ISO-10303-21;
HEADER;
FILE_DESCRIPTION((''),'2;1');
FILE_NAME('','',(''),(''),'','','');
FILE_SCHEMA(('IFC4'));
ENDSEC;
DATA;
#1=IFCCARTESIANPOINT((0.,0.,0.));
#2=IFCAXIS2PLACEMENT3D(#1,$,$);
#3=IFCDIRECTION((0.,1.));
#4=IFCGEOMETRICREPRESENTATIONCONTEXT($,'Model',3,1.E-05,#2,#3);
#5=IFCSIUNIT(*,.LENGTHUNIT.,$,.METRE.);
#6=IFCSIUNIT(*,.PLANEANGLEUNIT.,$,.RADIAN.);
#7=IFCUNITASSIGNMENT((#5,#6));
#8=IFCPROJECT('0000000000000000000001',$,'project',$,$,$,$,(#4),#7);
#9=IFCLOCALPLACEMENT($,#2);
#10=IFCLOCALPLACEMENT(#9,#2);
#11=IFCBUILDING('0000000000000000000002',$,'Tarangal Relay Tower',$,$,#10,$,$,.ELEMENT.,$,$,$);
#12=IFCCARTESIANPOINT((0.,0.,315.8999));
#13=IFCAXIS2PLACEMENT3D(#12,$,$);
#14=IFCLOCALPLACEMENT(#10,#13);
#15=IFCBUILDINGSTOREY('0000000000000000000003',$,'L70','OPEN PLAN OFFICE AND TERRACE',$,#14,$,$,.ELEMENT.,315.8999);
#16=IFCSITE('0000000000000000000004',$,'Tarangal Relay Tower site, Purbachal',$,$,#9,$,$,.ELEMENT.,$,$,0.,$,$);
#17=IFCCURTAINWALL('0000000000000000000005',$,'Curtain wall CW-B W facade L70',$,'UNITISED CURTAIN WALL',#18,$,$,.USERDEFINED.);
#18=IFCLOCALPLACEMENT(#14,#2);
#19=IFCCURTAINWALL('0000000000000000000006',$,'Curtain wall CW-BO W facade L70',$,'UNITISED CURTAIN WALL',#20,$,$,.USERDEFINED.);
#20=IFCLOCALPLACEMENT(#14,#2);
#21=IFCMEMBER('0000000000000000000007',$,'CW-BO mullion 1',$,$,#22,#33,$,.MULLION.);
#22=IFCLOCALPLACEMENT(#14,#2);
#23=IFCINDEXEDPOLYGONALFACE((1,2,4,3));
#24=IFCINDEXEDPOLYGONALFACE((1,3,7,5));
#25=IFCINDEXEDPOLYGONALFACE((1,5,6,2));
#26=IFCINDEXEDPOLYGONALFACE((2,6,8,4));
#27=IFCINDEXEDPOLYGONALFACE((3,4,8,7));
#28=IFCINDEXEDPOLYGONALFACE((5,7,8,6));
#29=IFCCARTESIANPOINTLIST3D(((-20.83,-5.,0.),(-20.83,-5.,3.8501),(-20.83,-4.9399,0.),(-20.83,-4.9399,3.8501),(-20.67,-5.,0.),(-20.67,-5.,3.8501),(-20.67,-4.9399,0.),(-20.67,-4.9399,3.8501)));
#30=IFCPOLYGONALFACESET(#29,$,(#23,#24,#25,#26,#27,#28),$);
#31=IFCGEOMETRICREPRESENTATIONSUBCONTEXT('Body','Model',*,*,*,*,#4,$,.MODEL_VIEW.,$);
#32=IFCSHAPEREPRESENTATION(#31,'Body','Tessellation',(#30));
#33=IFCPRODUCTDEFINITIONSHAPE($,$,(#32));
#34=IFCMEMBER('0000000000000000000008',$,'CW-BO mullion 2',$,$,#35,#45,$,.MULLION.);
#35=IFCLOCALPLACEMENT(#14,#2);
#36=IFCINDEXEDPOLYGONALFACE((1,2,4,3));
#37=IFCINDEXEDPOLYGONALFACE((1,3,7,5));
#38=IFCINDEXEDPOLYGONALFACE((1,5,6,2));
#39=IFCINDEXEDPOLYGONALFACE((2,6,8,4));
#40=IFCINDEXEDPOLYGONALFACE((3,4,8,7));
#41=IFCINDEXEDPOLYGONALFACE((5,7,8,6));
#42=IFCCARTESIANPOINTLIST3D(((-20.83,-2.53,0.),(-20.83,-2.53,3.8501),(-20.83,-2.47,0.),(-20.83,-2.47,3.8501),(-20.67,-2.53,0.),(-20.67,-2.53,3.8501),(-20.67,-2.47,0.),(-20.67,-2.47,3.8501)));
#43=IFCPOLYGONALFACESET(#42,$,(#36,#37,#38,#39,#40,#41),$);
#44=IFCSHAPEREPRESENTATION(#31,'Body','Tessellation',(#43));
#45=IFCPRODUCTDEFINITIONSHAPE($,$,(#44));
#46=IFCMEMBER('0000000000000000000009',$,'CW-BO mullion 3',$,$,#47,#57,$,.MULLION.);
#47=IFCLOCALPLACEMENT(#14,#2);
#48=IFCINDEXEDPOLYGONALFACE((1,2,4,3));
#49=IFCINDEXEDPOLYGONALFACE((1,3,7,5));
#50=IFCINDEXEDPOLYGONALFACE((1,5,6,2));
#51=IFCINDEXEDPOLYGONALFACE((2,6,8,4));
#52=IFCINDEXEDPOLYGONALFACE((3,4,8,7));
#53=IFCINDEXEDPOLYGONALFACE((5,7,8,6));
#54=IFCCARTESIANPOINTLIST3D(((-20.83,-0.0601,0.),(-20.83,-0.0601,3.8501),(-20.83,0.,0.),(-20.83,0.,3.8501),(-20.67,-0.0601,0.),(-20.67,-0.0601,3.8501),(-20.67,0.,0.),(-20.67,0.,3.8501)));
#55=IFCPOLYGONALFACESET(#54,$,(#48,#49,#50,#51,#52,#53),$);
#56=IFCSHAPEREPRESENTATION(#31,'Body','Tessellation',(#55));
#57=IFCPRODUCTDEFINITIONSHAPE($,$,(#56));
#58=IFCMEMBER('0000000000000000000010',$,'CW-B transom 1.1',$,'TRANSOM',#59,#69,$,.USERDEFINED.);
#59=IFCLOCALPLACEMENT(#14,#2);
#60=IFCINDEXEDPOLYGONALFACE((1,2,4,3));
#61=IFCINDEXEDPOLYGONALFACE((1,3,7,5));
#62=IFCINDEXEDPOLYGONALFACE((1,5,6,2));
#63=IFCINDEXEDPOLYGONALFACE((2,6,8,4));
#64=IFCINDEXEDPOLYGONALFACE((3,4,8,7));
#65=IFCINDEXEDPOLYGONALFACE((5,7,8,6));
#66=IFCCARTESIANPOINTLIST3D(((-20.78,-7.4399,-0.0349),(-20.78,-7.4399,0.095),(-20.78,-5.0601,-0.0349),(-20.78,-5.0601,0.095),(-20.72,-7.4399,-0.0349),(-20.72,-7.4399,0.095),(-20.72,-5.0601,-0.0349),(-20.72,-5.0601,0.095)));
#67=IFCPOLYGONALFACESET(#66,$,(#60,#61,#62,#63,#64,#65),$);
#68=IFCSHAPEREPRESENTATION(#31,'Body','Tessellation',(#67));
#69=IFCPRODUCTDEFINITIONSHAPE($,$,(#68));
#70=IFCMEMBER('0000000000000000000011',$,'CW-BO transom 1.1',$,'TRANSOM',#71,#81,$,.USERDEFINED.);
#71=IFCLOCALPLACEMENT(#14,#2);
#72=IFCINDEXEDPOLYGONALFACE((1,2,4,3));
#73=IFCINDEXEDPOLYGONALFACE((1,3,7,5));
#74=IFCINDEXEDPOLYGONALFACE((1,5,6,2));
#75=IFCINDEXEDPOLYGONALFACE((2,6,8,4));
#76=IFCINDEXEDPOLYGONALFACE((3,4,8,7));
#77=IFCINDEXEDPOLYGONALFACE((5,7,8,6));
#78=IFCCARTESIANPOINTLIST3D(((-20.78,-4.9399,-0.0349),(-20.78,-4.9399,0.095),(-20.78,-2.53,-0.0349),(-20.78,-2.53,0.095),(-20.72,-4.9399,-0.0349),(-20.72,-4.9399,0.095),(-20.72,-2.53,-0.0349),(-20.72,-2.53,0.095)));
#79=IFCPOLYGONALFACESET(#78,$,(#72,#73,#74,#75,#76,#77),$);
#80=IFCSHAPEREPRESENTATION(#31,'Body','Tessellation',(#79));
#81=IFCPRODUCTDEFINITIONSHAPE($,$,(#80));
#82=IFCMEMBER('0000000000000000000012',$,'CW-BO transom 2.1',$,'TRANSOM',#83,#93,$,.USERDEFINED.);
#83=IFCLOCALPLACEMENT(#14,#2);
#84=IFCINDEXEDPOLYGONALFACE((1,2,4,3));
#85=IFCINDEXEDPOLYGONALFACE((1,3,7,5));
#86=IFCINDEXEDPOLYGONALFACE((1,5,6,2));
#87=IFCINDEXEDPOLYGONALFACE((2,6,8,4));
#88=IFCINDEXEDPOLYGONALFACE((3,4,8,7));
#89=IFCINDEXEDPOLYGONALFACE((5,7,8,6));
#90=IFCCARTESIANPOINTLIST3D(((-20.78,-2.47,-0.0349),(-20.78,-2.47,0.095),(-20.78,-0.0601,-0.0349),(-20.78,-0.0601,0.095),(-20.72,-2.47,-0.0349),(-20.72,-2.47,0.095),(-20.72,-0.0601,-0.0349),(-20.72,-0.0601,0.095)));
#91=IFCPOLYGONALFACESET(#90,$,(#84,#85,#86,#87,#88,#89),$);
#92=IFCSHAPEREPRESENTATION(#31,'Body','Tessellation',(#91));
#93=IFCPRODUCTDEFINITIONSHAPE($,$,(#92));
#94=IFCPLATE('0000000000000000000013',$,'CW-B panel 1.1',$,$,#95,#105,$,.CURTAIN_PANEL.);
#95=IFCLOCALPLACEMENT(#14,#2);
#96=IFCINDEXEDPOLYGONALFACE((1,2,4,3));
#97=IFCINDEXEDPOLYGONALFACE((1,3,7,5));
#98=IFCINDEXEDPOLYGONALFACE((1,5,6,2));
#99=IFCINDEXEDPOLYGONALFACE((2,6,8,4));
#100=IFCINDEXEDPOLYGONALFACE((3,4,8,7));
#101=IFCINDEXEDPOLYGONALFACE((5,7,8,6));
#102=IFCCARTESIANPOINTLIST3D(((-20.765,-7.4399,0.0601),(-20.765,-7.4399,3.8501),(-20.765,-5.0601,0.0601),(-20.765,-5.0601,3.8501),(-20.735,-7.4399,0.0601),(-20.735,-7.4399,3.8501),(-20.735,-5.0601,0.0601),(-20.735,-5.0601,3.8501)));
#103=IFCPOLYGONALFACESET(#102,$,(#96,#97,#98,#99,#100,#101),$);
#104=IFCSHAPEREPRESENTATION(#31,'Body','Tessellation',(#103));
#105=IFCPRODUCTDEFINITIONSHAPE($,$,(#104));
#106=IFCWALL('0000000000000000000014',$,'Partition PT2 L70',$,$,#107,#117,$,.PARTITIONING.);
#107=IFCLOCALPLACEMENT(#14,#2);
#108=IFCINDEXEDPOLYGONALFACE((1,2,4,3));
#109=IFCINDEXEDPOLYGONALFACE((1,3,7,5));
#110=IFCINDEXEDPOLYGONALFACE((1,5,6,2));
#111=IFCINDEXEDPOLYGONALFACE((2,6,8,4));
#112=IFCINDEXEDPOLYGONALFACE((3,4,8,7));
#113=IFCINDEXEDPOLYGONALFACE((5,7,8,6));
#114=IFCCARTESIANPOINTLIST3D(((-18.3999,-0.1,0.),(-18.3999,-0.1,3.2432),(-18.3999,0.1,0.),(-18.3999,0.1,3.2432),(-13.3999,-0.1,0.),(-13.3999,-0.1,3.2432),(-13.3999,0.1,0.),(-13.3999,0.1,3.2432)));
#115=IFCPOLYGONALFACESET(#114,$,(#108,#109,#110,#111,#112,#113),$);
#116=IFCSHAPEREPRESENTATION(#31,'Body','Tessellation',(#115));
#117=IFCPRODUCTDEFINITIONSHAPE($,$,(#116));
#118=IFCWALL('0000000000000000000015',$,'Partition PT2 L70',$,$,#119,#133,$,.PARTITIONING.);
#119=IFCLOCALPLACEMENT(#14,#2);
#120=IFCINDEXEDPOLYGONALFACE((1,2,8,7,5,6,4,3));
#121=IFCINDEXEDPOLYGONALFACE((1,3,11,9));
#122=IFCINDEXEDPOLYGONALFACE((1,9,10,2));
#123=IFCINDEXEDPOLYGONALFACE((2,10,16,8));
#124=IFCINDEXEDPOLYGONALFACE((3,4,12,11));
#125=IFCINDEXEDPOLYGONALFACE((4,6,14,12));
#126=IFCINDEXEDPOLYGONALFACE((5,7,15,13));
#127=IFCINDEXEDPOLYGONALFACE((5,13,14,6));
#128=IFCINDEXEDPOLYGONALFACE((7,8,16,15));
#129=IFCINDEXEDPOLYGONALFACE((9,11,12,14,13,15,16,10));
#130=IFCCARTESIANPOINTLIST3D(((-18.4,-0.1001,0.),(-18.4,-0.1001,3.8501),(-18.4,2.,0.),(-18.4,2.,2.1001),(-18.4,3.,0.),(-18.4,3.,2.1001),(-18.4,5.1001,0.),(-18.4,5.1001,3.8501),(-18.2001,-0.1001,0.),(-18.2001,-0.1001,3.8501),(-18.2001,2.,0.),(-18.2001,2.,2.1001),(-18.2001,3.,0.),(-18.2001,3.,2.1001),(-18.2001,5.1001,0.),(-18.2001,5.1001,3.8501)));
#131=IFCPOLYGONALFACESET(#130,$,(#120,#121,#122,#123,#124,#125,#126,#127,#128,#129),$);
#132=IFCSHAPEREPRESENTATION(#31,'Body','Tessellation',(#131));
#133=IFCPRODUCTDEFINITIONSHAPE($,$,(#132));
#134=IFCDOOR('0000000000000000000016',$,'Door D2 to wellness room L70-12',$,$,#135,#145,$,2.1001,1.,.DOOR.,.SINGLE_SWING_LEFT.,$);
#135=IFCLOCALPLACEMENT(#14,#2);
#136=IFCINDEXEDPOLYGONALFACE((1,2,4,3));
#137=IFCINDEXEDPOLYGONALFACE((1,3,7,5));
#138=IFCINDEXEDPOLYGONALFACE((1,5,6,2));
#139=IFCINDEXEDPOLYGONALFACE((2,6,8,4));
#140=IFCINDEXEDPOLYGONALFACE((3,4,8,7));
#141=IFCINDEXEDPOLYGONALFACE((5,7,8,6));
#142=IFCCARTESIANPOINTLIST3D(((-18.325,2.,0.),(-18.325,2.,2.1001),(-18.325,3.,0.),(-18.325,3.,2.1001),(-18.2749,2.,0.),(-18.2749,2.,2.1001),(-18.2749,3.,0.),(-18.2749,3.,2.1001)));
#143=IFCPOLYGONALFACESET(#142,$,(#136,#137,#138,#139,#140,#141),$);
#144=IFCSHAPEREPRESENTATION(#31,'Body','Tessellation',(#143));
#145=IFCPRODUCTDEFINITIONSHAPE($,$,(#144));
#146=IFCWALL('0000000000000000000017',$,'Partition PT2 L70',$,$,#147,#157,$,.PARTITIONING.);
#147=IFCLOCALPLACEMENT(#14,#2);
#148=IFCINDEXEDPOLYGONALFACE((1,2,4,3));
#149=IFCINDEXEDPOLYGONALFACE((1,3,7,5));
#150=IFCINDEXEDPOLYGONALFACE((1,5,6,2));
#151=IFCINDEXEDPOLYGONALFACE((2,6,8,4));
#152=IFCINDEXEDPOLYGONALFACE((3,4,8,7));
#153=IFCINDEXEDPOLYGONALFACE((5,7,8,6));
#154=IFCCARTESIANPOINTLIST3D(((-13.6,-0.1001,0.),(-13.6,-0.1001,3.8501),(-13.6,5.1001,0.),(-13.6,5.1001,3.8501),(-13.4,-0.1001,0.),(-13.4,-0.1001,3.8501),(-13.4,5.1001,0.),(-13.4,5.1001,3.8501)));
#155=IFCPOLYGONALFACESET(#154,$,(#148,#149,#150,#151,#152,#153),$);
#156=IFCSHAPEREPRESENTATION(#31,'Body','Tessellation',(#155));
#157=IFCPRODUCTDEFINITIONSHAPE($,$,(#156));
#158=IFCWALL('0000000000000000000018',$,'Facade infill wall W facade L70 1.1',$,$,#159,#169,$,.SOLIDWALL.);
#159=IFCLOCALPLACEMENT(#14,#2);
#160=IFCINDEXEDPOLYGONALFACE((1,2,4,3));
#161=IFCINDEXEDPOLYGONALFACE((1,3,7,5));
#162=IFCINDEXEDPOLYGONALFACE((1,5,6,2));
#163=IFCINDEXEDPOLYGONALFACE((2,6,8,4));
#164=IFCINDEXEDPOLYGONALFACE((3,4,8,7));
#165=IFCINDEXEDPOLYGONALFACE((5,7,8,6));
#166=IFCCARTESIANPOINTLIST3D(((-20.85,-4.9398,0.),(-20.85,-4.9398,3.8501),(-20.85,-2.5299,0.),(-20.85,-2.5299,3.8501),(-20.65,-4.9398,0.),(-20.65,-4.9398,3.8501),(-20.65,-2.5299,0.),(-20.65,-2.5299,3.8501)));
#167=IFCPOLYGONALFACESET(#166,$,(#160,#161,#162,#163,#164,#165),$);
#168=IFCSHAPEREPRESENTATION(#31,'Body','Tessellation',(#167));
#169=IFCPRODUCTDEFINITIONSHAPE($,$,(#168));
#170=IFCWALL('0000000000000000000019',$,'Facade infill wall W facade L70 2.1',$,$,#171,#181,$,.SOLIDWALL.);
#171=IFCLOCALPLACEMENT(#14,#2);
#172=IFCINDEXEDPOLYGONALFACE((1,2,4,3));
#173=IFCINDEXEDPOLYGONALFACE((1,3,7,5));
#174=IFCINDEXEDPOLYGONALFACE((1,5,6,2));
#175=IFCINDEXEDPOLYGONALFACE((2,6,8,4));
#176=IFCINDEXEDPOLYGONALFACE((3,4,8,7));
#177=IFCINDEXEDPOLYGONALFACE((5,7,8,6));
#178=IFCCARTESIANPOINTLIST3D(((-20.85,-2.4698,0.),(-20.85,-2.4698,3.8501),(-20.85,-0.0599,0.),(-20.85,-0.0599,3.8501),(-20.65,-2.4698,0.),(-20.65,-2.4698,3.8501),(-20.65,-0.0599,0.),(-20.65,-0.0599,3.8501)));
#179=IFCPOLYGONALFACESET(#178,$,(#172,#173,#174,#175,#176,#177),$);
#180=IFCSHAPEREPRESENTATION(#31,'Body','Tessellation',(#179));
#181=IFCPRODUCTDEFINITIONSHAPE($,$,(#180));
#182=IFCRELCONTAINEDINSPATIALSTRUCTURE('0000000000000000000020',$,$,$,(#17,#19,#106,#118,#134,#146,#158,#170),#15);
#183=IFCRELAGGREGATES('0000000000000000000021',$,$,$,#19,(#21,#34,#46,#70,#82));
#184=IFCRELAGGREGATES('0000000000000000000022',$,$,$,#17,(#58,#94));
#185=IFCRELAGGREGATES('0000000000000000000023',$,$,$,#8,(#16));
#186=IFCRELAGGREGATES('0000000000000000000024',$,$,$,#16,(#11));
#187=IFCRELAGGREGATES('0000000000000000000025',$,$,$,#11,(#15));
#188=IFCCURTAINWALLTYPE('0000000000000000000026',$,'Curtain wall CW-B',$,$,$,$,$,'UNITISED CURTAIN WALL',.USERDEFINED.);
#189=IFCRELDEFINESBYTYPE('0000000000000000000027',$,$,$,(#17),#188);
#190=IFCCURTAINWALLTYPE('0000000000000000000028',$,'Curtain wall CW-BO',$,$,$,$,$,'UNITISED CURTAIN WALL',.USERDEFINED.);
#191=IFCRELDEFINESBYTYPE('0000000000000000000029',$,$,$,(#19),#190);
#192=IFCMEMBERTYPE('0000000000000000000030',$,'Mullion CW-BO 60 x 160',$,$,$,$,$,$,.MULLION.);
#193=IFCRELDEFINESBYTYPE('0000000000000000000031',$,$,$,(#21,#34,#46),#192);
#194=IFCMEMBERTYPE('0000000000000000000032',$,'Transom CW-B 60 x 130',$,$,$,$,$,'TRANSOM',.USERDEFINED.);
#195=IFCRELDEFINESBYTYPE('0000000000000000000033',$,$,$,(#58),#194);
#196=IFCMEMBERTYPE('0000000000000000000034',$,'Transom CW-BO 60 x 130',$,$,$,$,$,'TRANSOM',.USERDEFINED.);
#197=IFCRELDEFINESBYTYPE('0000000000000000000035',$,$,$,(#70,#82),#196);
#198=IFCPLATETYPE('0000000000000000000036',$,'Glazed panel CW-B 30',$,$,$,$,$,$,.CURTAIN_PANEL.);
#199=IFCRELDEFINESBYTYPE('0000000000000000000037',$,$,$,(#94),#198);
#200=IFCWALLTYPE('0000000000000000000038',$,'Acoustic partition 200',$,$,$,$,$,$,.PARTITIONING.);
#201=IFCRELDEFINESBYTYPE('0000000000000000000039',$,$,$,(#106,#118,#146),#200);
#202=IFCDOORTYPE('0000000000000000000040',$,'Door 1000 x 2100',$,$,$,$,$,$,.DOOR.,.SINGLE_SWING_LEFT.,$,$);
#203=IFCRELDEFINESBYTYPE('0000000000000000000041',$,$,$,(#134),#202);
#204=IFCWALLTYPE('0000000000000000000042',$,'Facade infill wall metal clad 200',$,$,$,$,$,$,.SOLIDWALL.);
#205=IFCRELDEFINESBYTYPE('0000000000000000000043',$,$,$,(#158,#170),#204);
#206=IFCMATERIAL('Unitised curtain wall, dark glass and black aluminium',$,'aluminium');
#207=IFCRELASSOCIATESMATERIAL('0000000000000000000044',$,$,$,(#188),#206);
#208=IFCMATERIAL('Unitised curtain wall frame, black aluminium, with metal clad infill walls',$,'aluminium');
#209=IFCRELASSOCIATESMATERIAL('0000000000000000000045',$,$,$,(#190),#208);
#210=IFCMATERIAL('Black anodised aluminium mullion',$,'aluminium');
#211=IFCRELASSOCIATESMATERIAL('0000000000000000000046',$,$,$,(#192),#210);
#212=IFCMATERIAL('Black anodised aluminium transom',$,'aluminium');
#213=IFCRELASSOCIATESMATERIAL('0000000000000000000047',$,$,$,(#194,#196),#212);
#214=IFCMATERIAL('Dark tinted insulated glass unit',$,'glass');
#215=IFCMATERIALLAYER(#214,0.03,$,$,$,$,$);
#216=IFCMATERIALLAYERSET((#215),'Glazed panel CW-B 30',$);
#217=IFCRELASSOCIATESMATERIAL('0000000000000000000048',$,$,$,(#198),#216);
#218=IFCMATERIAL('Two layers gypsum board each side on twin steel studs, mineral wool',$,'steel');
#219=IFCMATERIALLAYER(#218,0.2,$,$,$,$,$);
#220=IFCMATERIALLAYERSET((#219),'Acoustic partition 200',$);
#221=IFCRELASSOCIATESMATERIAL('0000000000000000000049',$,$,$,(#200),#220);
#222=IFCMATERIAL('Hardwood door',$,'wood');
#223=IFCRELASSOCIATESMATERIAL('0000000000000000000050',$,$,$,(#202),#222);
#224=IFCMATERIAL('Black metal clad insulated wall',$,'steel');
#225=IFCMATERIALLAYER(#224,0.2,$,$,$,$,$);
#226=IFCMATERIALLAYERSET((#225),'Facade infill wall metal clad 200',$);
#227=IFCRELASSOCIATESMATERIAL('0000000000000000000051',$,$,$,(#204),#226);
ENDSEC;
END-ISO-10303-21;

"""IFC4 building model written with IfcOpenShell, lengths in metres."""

from ifc_helpers import new_model, si_unit, direction, frame, frame_2d, origin, origin_2d, place, context, subcontext, project, spatial, rectangle, extrude, material, layer, layer_set, material_profile, profile_set, type_object, element, fill, aggregate, save


model = new_model("IFC4")

# Units and contexts
model_context = context("Model", 3, precision=1e-05, world=origin(), true_north=direction((0.0, 1.0)))
body_context = subcontext(model_context, "Body", "Model", "MODEL_VIEW")
ifc_project = project(units=[si_unit("LENGTHUNIT", "METRE"), si_unit("PLANEANGLEUNIT", "RADIAN")], contexts=[model_context])

# Site, building, storey
site_placement = place(None, origin())
site = spatial("IfcSite", under=ifc_project, at=site_placement, Name="Tarangal Relay Tower site, Purbachal", CompositionType="ELEMENT", RefElevation=0.0)
building_placement = place(site_placement, origin())
building = spatial("IfcBuilding", under=site, at=building_placement, Name="Tarangal Relay Tower", CompositionType="ELEMENT")
storey_placement = place(building_placement, frame((0.0, 0.0, 315.8999)))
storey = spatial("IfcBuildingStorey", under=building, at=storey_placement, Name="L70", Description="OPEN PLAN OFFICE AND TERRACE", CompositionType="ELEMENT", Elevation=315.8999)

# Curtain walls, members
ifc_material_1 = material(Name="Unitised curtain wall, dark glass and black aluminium", Category="aluminium")
curtain_wall_type_1 = type_object("IfcCurtainWallType", Name="Curtain wall CW-B", ElementType="UNITISED CURTAIN WALL", PredefinedType="USERDEFINED", material=ifc_material_1)
curtain_wall_1_placement = place(storey_placement, origin())
curtain_wall_1 = element("IfcCurtainWall", 1, at=curtain_wall_1_placement, inside=storey, type_object=curtain_wall_type_1, Name="Curtain wall CW-B W facade L70", ObjectType="UNITISED CURTAIN WALL", PredefinedType="USERDEFINED")
ifc_material_2 = material(Name="Black anodised aluminium mullion", Category="aluminium")
ifc_material_3 = material(Name="Unitised curtain wall frame, black aluminium, with metal clad infill walls", Category="aluminium")
curtain_wall_type_2 = type_object("IfcCurtainWallType", Name="Curtain wall CW-BO", ElementType="UNITISED CURTAIN WALL", PredefinedType="USERDEFINED", material=ifc_material_3)
curtain_wall_2_placement = place(storey_placement, origin())
curtain_wall_2 = element("IfcCurtainWall", 2, at=curtain_wall_2_placement, inside=storey, type_object=curtain_wall_type_2, Name="Curtain wall CW-BO W facade L70", ObjectType="UNITISED CURTAIN WALL", PredefinedType="USERDEFINED")
ifc_material_profile_1 = material_profile(ifc_material_2, rectangle(XDim=0.1599, YDim=0.0601, at=origin_2d()), Name="CW-BOM 60X160")
ifc_profile_set_1 = profile_set([ifc_material_profile_1], Name="Black anodised aluminium mullion")
member_type_1 = type_object("IfcMemberType", Name="Mullion CW-BO 60 x 160", PredefinedType="MULLION", material=ifc_profile_set_1)
member_1_placement = place(storey_placement, frame((-20.75, -4.97, 0.0), z_axis=(0.0, 0.0, 1.0), x_axis=(-1.0, 0.0, 0.0)))
member_1 = element("IfcMember", 3, at=member_1_placement, type_object=member_type_1, Name="CW-BO mullion 1", PredefinedType="MULLION", context=body_context, shape_type="SweptSolid", body=[
    extrude(rectangle(XDim=0.1599, YDim=0.0601, at=origin_2d()), origin(), (0.0, 0.0, 1.0), 3.8501),
])
member_2_placement = place(storey_placement, frame((-20.75, -2.5, 0.0), z_axis=(0.0, 0.0, 1.0), x_axis=(-1.0, 0.0, 0.0)))
member_2 = element("IfcMember", 4, at=member_2_placement, type_object=member_type_1, Name="CW-BO mullion 2", PredefinedType="MULLION", context=body_context, shape_type="SweptSolid", body=[
    extrude(rectangle(XDim=0.1599, YDim=0.0601, at=origin_2d()), origin(), (0.0, 0.0, 1.0), 3.8501),
])
member_3_placement = place(storey_placement, frame((-20.75, -0.03, 0.0), z_axis=(0.0, 0.0, 1.0), x_axis=(-1.0, 0.0, 0.0)))
member_3 = element("IfcMember", 5, at=member_3_placement, type_object=member_type_1, Name="CW-BO mullion 3", PredefinedType="MULLION", context=body_context, shape_type="SweptSolid", body=[
    extrude(rectangle(XDim=0.1599, YDim=0.0601, at=origin_2d()), origin(), (0.0, 0.0, 1.0), 3.8501),
])

# Members
ifc_material_4 = material(Name="Black anodised aluminium transom", Category="aluminium")
ifc_material_profile_2 = material_profile(ifc_material_4, rectangle(XDim=0.0601, YDim=0.1299, at=origin_2d()), Name="CW-BT 60X130")
ifc_profile_set_2 = profile_set([ifc_material_profile_2], Name="Black anodised aluminium transom")
member_type_2 = type_object("IfcMemberType", Name="Transom CW-B 60 x 130", ElementType="TRANSOM", PredefinedType="USERDEFINED", material=ifc_profile_set_2)
member_4_placement = place(storey_placement, frame((-20.75, -7.4399, 0.03), z_axis=(0.0, 1.0, 0.0), x_axis=(-1.0, 0.0, 0.0)))
member_4 = element("IfcMember", 6, at=member_4_placement, type_object=member_type_2, Name="CW-B transom 1.1", ObjectType="TRANSOM", PredefinedType="USERDEFINED", context=body_context, shape_type="SweptSolid", body=[
    extrude(rectangle(XDim=0.0601, YDim=0.1299, at=origin_2d()), origin(), (0.0, 0.0, 1.0), 2.3799),
])
ifc_material_profile_3 = material_profile(ifc_material_4, rectangle(XDim=0.0601, YDim=0.1299, at=origin_2d()), Name="CW-BOT 60X130")
ifc_profile_set_3 = profile_set([ifc_material_profile_3], Name="Black anodised aluminium transom")
member_type_3 = type_object("IfcMemberType", Name="Transom CW-BO 60 x 130", ElementType="TRANSOM", PredefinedType="USERDEFINED", material=ifc_profile_set_3)
member_5_placement = place(storey_placement, frame((-20.75, -4.9399, 0.03), z_axis=(0.0, 1.0, 0.0), x_axis=(-1.0, 0.0, 0.0)))
member_5 = element("IfcMember", 7, at=member_5_placement, type_object=member_type_3, Name="CW-BO transom 1.1", ObjectType="TRANSOM", PredefinedType="USERDEFINED", context=body_context, shape_type="SweptSolid", body=[
    extrude(rectangle(XDim=0.0601, YDim=0.1299, at=origin_2d()), origin(), (0.0, 0.0, 1.0), 2.4099),
])
member_6_placement = place(storey_placement, frame((-20.75, -2.47, 0.03), z_axis=(0.0, 1.0, 0.0), x_axis=(-1.0, 0.0, 0.0)))
member_6 = element("IfcMember", 8, at=member_6_placement, type_object=member_type_3, Name="CW-BO transom 2.1", ObjectType="TRANSOM", PredefinedType="USERDEFINED", context=body_context, shape_type="SweptSolid", body=[
    extrude(rectangle(XDim=0.0601, YDim=0.1299, at=origin_2d()), origin(), (0.0, 0.0, 1.0), 2.4099),
])
aggregate(curtain_wall_2, [member_1, member_2, member_3, member_5, member_6])

# Plate
ifc_material_5 = material(Name="Dark tinted insulated glass unit", Category="glass")
ifc_layer_1 = layer(ifc_material_5, 0.03)
ifc_layer_set_1 = layer_set([ifc_layer_1], Name="Glazed panel CW-B 30")
plate_type = type_object("IfcPlateType", Name="Glazed panel CW-B 30", PredefinedType="CURTAIN_PANEL", material=ifc_layer_set_1)
plate_placement = place(storey_placement, frame((-20.75, -6.25, 0.0601), z_axis=(0.0, 0.0, 1.0), x_axis=(0.0, 1.0, 0.0)))
plate = element("IfcPlate", 9, at=plate_placement, type_object=plate_type, Name="CW-B panel 1.1", PredefinedType="CURTAIN_PANEL", context=body_context, shape_type="SweptSolid", body=[
    extrude(rectangle(XDim=2.3799, YDim=0.03, at=origin_2d()), origin(), (0.0, 0.0, 1.0), 3.79),
])
aggregate(curtain_wall_1, [member_4, plate])

# Wall
ifc_material_6 = material(Name="Two layers gypsum board each side on twin steel studs, mineral wool", Category="steel")
ifc_layer_2 = layer(ifc_material_6, 0.2)
ifc_layer_set_2 = layer_set([ifc_layer_2], Name="Acoustic partition 200")
wall_type_1 = type_object("IfcWallType", Name="Acoustic partition 200", PredefinedType="PARTITIONING", material=ifc_layer_set_2)
wall_1_placement = place(storey_placement, frame((-18.3999, 0.0, 0.0), z_axis=(0.0, 0.0, 1.0), x_axis=(1.0, 0.0, 0.0)))
element("IfcWall", 10, at=wall_1_placement, inside=storey, type_object=wall_type_1, Name="Partition PT2 L70", PredefinedType="PARTITIONING", context=body_context, shape_type="SweptSolid", body=[
    extrude(rectangle(XDim=5.0, YDim=0.2, at=frame_2d((2.5, 0.0))), origin(), (0.0, 0.0, 1.0), 3.2432),
])

# Wall, opening, door
wall_2_placement = place(storey_placement, frame((-18.3, -0.1001, 0.0), z_axis=(0.0, 0.0, 1.0), x_axis=(0.0, 1.0, 0.0)))
wall_2 = element("IfcWall", 11, at=wall_2_placement, inside=storey, type_object=wall_type_1, Name="Partition PT2 L70", PredefinedType="PARTITIONING", context=body_context, shape_type="SweptSolid", body=[
    extrude(rectangle(XDim=5.2002, YDim=0.2, at=frame_2d((2.6001, 0.0))), origin(), (0.0, 0.0, 1.0), 3.8501),
])
opening_1_placement = place(wall_2_placement, frame((2.1001, 0.0, 0.0)))
opening_1 = element("IfcOpeningElement", 12, at=opening_1_placement, cuts=wall_2, PredefinedType="OPENING", context=body_context, shape_type="SweptSolid", body=[
    extrude(rectangle(XDim=1.0, YDim=2.1001, at=frame_2d((0.5, 1.05))), frame((0.0, 0.1099, 0.0), z_axis=(0.0, -1.0, 0.0), x_axis=(1.0, 0.0, 0.0)), (0.0, 0.0, 1.0), 0.22),
])
ifc_material_7 = material(Name="Hardwood door", Category="wood")
door_type_1 = type_object("IfcDoorType", Name="Door 1000 x 2100", OperationType="SINGLE_SWING_LEFT", PredefinedType="DOOR", material=ifc_material_7)
door_1_placement = place(opening_1_placement, origin())
door_1 = element("IfcDoor", 13, at=door_1_placement, inside=storey, type_object=door_type_1, Name="Door D2 to wellness room L70-12", OperationType="SINGLE_SWING_LEFT", OverallHeight=2.1001, OverallWidth=1.0, PredefinedType="DOOR", context=body_context, shape_type="SweptSolid", body=[
    extrude(rectangle(XDim=1.0, YDim=2.1001, at=frame_2d((0.5, 1.05))), frame((0.0, 0.0249, 0.0), z_axis=(0.0, -1.0, 0.0), x_axis=(1.0, 0.0, 0.0)), (0.0, 0.0, 1.0), 0.05),
])
fill(opening_1, door_1)

# Walls
wall_3_placement = place(storey_placement, frame((-13.5, -0.1001, 0.0), z_axis=(0.0, 0.0, 1.0), x_axis=(0.0, 1.0, 0.0)))
element("IfcWall", 14, at=wall_3_placement, inside=storey, type_object=wall_type_1, Name="Partition PT2 L70", PredefinedType="PARTITIONING", context=body_context, shape_type="SweptSolid", body=[
    extrude(rectangle(XDim=5.2002, YDim=0.2, at=frame_2d((2.6001, 0.0))), origin(), (0.0, 0.0, 1.0), 3.8501),
])
ifc_material_8 = material(Name="Black metal clad insulated wall", Category="steel")
ifc_layer_3 = layer(ifc_material_8, 0.2)
ifc_layer_set_3 = layer_set([ifc_layer_3], Name="Facade infill wall metal clad 200")
wall_type_2 = type_object("IfcWallType", Name="Facade infill wall metal clad 200", PredefinedType="SOLIDWALL", material=ifc_layer_set_3)
for number, where, z_axis, x_axis, name in (
    (15, (-20.75, -4.9399, 0.0), (0.0, 0.0, 1.0), (0.0, 1.0, 0.0), "Facade infill wall W facade L70 1.1"),
    (16, (-20.75, -2.47, 0.0), (0.0, 0.0, 1.0), (0.0, 1.0, 0.0), "Facade infill wall W facade L70 2.1"),
):
    element("IfcWall", number, at=place(storey_placement, frame(where, z_axis=z_axis, x_axis=x_axis)), inside=storey, type_object=wall_type_2, Name=name, PredefinedType="SOLIDWALL", context=body_context, shape_type="SweptSolid", body=[
        extrude(rectangle(XDim=2.4099, YDim=0.2, at=frame_2d((1.2051, 0.0))), origin(), (0.0, 0.0, 1.0), 3.8501),
    ])

save(model, "model.ifc")
